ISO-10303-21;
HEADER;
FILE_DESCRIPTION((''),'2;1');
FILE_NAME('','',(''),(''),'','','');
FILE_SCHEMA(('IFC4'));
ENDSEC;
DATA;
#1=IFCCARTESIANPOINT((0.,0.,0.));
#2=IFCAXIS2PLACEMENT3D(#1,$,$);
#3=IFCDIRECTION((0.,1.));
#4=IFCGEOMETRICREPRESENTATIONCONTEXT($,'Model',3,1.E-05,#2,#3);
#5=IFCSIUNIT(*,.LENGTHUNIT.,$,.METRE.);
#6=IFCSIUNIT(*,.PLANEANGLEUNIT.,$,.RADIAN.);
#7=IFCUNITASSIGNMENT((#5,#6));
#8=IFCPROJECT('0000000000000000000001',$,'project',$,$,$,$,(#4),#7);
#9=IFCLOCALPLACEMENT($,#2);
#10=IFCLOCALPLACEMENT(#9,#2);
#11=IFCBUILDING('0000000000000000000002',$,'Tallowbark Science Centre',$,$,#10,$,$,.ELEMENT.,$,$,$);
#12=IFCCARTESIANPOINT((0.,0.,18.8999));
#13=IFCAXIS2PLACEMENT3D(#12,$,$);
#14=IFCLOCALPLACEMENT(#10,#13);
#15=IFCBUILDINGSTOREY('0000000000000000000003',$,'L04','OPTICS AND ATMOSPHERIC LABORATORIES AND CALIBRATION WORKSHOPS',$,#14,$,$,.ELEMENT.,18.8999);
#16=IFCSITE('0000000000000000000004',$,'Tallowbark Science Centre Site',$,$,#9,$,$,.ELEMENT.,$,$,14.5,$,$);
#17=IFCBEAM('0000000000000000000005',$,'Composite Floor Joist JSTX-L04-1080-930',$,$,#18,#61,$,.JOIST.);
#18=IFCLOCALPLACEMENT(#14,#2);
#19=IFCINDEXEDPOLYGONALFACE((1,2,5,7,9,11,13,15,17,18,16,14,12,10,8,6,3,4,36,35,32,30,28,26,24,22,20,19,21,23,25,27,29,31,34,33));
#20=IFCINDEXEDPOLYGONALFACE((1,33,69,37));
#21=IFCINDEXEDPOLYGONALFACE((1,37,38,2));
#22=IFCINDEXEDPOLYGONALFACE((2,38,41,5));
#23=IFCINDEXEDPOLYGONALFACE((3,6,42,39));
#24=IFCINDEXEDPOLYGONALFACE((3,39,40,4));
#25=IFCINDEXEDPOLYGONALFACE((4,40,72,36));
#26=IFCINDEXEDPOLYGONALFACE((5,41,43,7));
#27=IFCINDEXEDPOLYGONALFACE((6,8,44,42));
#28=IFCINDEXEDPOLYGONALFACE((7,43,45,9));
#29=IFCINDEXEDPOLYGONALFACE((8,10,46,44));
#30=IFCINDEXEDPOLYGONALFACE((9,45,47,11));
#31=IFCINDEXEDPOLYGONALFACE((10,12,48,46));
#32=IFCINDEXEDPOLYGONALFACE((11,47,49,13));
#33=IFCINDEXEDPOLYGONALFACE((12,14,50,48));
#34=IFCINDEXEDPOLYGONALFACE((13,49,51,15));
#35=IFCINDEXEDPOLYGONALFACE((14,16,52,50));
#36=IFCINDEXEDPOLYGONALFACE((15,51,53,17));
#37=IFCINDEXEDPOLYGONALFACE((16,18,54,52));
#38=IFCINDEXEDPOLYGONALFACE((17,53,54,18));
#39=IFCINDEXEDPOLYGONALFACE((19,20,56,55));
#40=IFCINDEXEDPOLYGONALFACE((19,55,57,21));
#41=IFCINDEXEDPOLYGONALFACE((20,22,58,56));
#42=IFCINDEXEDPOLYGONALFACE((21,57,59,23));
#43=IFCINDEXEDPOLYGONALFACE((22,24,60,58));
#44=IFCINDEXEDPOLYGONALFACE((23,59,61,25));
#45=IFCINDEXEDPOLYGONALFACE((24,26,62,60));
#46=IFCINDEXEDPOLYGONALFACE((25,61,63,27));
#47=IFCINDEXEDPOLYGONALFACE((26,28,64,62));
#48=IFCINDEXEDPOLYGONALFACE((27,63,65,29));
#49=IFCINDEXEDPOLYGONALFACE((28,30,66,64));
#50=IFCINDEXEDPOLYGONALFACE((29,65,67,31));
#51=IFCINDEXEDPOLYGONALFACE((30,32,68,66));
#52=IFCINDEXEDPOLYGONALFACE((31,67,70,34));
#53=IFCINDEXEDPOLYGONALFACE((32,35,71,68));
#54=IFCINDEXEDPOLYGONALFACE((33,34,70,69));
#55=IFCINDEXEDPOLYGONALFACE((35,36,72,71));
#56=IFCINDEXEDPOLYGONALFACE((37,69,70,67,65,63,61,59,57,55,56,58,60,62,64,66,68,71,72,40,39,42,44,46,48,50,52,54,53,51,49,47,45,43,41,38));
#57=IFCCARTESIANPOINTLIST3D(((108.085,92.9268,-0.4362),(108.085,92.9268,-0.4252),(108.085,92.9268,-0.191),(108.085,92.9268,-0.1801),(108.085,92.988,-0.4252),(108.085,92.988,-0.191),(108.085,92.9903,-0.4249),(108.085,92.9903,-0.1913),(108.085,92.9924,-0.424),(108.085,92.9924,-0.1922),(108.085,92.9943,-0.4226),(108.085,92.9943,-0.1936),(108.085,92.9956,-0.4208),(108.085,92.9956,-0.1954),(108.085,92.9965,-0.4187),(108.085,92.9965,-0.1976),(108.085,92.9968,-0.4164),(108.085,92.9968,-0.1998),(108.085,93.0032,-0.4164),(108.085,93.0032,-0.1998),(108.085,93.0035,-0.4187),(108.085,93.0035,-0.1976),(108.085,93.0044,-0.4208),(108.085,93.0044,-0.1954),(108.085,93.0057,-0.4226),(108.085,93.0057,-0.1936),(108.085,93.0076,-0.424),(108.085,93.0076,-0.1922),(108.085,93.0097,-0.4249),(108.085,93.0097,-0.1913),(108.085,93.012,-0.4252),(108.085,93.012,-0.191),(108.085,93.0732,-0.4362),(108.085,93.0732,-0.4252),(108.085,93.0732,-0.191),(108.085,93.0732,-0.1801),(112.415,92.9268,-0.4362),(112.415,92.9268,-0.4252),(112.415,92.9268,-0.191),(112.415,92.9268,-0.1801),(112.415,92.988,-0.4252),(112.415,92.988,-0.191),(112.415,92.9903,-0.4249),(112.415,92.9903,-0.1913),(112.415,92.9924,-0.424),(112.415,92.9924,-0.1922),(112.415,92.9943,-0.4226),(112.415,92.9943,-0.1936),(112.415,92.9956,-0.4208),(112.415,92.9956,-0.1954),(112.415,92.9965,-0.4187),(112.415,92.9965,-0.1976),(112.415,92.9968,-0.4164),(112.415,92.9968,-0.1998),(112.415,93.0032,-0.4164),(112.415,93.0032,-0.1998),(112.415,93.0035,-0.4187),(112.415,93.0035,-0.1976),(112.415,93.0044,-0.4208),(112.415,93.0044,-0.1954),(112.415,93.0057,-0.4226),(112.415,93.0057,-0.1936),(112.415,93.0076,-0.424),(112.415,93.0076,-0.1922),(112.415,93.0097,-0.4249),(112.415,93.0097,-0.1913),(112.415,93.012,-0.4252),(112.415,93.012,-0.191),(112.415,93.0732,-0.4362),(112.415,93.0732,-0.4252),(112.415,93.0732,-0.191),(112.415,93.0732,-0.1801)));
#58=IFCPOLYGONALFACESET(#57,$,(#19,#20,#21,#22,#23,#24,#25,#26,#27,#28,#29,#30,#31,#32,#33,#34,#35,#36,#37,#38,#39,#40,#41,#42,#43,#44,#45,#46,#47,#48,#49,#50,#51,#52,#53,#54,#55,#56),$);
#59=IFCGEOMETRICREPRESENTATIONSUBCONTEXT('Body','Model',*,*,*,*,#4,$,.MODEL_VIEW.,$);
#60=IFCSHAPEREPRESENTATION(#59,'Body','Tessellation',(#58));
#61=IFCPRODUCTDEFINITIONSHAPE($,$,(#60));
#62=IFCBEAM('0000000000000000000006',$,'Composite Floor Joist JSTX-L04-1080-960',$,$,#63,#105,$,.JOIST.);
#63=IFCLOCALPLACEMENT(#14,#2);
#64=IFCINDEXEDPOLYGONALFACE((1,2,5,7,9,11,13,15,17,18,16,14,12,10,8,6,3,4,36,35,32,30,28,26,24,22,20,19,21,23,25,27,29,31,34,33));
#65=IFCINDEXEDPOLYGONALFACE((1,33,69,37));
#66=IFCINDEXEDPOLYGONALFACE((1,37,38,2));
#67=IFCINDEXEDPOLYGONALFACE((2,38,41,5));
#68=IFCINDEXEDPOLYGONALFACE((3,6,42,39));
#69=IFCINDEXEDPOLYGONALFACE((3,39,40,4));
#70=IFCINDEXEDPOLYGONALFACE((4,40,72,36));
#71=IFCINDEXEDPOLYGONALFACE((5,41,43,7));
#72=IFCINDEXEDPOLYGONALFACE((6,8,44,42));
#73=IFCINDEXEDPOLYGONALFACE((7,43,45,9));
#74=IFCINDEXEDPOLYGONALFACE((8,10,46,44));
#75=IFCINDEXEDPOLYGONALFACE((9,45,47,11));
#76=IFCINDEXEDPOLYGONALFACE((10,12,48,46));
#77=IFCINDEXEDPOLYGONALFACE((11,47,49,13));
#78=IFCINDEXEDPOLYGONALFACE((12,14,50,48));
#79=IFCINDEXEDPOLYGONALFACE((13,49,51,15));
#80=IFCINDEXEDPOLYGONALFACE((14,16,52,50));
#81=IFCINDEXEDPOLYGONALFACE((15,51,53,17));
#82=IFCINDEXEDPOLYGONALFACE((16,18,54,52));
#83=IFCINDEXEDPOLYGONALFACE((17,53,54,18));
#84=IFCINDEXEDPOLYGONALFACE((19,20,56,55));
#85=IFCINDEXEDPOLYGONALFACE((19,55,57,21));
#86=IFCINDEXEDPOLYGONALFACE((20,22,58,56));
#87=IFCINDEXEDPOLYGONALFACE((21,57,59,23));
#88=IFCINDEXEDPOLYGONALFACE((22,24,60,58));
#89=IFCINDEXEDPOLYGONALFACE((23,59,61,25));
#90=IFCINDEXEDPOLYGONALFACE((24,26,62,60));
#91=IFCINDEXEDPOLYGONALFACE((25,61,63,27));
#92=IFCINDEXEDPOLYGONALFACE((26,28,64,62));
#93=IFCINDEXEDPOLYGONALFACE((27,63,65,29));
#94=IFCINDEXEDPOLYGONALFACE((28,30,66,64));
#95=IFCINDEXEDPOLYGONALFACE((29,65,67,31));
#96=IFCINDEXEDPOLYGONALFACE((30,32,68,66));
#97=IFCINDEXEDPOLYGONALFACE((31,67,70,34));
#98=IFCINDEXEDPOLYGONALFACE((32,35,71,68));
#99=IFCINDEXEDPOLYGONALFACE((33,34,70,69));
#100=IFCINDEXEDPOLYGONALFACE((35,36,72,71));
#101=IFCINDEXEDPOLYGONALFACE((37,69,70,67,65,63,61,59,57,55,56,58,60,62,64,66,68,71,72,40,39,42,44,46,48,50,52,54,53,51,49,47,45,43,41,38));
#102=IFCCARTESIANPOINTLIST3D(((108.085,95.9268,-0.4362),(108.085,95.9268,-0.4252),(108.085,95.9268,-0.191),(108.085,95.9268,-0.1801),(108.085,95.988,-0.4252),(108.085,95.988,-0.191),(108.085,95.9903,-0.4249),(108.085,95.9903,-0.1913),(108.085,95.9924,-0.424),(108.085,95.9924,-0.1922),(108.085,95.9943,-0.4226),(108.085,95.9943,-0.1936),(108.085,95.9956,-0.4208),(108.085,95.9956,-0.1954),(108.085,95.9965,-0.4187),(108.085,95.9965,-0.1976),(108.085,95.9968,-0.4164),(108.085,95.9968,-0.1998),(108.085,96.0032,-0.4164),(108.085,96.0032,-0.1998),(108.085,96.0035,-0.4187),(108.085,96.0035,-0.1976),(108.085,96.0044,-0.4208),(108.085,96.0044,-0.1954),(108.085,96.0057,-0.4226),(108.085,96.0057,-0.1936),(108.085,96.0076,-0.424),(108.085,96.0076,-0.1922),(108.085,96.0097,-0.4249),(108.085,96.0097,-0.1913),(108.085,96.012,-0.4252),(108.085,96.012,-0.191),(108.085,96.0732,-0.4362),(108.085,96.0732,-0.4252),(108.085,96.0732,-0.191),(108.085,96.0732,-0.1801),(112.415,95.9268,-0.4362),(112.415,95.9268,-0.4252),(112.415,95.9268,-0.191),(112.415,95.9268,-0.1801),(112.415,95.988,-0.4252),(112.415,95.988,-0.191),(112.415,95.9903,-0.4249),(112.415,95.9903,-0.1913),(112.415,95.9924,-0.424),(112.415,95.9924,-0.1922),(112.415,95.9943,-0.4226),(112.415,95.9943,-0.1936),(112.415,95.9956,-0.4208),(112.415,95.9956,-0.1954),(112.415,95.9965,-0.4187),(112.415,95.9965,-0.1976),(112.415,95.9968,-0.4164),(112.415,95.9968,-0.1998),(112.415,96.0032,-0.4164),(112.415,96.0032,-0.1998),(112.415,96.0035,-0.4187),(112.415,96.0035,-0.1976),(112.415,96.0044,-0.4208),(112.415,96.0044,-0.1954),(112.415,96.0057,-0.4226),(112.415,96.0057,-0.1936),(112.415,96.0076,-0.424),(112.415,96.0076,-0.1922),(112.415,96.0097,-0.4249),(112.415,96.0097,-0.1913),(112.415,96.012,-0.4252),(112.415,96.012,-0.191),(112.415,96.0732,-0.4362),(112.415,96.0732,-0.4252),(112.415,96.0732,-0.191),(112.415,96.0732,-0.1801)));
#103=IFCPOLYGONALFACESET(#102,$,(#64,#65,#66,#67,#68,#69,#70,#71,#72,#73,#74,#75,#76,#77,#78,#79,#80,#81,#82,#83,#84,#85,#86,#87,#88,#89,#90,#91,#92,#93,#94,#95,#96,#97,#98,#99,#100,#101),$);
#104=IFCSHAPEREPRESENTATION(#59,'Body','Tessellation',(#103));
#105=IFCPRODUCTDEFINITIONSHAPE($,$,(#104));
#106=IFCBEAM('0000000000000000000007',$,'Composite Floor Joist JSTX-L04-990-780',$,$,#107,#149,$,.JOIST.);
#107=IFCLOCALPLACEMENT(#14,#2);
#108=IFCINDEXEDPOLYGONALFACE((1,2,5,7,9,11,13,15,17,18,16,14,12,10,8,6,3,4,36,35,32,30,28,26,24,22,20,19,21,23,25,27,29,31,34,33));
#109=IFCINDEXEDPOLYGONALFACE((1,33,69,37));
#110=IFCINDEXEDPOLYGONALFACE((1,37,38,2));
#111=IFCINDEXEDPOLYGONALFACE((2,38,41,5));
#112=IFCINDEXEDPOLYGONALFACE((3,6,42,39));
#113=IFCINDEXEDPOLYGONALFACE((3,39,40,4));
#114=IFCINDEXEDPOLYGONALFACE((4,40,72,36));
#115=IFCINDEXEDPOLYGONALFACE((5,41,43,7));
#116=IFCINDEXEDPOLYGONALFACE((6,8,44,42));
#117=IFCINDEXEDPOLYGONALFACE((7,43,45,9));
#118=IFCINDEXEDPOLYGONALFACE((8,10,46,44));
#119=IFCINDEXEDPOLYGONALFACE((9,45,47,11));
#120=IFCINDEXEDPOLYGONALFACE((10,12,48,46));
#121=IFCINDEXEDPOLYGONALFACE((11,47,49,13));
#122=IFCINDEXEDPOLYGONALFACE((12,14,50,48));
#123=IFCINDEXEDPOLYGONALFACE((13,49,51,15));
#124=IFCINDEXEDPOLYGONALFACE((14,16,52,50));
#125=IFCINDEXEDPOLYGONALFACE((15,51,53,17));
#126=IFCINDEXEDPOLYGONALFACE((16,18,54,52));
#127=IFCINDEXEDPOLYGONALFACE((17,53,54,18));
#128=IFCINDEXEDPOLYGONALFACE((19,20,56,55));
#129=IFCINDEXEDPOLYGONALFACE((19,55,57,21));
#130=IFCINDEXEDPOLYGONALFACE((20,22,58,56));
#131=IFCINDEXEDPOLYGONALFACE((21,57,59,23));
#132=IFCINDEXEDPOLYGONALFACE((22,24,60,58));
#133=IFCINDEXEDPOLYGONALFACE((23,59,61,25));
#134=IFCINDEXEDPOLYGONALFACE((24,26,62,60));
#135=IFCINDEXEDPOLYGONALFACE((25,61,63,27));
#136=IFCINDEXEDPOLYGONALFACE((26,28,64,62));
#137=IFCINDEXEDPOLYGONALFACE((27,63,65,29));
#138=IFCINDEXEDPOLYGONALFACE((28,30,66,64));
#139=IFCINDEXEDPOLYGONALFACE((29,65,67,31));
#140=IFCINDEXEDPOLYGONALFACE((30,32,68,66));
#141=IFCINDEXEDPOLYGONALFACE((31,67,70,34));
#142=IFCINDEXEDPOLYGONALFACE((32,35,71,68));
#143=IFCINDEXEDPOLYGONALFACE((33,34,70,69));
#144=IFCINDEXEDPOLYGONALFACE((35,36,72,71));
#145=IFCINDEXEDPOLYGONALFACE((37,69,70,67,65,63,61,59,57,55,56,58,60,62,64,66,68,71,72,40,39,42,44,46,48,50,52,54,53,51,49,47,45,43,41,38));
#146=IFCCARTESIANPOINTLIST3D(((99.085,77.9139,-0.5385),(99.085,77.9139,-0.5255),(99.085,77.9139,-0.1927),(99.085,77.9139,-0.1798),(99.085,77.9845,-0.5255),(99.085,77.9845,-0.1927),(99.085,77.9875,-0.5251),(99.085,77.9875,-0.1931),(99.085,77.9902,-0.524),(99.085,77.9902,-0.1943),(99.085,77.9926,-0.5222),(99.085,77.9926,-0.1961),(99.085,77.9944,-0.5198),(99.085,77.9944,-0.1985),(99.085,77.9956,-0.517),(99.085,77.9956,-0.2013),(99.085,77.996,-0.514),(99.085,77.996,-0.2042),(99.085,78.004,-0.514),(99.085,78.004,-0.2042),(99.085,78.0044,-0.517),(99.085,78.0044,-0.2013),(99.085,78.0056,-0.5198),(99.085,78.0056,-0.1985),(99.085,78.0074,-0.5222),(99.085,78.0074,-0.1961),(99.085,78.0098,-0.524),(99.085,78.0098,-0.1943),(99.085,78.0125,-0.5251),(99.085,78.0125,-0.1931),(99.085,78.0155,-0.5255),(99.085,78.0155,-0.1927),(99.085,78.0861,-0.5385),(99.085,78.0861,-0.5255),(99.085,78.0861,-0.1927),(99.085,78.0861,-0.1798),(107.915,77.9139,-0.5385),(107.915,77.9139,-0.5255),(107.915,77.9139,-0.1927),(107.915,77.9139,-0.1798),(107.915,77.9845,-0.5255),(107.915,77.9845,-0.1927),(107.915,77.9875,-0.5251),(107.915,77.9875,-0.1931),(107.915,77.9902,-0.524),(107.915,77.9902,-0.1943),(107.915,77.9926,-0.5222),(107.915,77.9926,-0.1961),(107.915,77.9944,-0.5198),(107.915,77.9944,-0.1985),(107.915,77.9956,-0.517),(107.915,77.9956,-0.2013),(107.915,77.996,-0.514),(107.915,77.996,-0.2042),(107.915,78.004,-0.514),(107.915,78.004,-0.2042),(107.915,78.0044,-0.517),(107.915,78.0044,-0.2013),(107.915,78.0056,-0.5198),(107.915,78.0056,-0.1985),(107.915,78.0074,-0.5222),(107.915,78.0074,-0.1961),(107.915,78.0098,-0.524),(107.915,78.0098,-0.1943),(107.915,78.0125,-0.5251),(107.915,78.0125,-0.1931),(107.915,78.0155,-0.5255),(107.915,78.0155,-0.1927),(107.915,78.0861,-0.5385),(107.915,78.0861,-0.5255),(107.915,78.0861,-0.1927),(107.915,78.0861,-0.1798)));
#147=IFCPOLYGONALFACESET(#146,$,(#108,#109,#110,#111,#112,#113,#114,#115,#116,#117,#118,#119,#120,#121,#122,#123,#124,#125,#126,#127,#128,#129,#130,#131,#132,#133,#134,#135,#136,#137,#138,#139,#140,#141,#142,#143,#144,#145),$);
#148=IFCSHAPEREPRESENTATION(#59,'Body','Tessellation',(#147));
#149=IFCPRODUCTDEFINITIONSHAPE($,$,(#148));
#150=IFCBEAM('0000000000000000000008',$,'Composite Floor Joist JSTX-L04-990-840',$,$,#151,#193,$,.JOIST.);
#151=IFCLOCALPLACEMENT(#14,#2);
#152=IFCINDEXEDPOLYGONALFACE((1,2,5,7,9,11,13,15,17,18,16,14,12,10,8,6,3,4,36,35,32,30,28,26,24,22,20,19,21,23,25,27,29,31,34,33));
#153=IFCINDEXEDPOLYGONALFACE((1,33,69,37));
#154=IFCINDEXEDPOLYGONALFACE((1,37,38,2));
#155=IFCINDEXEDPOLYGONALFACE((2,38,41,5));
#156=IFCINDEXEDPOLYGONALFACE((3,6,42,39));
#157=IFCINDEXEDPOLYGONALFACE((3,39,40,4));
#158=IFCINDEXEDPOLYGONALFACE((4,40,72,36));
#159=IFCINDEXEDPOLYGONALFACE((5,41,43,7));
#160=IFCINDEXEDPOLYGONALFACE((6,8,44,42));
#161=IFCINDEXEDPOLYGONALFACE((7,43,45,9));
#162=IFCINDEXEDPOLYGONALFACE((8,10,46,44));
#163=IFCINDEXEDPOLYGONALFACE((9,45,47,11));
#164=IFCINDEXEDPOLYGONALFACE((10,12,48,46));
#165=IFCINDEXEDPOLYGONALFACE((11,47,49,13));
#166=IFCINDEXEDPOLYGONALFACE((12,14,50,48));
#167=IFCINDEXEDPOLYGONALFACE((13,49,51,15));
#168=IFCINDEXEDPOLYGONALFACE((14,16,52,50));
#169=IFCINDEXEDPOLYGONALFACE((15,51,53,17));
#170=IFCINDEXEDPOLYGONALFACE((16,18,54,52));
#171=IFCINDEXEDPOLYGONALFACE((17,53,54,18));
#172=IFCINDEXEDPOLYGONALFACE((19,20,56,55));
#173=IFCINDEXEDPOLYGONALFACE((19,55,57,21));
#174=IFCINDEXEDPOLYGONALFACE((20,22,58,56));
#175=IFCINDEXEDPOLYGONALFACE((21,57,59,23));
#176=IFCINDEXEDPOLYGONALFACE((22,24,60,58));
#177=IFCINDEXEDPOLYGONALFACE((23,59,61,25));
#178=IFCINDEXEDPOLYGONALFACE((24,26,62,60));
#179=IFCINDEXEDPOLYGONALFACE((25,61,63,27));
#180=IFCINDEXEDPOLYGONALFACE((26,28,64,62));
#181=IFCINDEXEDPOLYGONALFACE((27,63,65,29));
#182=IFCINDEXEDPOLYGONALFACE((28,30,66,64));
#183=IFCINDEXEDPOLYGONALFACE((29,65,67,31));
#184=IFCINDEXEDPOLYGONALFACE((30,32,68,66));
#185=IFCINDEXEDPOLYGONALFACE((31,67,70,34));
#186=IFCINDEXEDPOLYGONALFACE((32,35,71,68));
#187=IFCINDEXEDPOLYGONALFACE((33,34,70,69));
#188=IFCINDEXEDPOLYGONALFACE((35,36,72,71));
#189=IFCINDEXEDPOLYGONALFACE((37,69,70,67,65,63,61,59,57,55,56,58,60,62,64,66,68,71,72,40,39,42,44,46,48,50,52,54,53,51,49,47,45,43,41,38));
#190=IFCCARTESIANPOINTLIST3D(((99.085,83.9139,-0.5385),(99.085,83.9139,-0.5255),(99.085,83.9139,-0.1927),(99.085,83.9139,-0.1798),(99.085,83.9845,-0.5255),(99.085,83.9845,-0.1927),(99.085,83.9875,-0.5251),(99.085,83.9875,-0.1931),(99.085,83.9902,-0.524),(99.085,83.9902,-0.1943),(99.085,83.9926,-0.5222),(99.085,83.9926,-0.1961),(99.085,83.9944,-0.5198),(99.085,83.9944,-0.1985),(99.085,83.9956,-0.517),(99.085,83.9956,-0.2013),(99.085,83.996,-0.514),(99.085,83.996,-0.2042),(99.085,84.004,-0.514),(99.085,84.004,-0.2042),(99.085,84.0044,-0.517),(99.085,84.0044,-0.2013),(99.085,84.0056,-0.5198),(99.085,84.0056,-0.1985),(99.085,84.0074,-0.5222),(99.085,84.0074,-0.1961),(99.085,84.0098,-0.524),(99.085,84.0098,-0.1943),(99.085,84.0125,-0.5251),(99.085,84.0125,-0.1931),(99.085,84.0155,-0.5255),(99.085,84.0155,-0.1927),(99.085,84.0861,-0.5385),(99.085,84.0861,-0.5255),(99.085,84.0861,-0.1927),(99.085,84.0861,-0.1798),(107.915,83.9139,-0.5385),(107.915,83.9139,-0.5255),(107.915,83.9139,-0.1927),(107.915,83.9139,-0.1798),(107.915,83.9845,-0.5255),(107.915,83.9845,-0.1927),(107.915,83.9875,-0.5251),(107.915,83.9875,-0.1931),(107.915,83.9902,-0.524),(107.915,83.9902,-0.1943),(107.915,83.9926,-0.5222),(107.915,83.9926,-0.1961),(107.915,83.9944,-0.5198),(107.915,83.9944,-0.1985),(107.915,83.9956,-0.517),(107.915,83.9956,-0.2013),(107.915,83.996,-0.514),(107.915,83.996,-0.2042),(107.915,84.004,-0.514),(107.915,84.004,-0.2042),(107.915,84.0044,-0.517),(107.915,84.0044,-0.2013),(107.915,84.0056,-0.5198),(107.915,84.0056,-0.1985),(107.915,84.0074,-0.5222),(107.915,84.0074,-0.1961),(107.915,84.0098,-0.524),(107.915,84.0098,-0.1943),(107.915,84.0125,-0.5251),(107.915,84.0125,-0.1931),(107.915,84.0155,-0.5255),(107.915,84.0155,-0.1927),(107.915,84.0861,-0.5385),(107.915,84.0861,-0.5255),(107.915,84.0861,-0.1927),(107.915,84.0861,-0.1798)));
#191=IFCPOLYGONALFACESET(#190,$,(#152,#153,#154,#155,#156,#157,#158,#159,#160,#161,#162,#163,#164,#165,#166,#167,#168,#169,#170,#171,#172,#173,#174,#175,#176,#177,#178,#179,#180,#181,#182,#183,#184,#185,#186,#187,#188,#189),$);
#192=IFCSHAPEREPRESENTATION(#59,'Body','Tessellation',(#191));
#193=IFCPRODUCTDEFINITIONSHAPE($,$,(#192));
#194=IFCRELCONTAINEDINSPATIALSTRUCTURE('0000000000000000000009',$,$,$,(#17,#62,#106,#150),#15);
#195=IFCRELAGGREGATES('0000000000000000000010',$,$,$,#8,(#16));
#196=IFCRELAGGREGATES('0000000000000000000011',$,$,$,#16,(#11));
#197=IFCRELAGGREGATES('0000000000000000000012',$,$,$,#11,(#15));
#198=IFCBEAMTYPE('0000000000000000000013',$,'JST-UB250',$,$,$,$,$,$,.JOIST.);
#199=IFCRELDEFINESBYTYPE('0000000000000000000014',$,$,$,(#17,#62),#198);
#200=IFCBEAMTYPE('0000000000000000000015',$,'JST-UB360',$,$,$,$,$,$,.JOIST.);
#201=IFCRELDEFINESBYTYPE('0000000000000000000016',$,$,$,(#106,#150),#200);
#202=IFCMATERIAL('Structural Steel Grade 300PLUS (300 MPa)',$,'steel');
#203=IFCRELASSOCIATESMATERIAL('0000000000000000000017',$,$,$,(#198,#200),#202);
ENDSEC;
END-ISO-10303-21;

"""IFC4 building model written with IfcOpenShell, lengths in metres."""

from ifc_helpers import new_model, si_unit, direction, frame, origin, origin_2d, place, context, subcontext, project, spatial, i_section, extrude, material, material_profile, profile_set, type_object, element, save


model = new_model("IFC4")

# Units and contexts
model_context = context("Model", 3, precision=1e-05, world=origin(), true_north=direction((0.0, 1.0)))
body_context = subcontext(model_context, "Body", "Model", "MODEL_VIEW")
ifc_project = project(units=[si_unit("LENGTHUNIT", "METRE"), si_unit("PLANEANGLEUNIT", "RADIAN")], contexts=[model_context])

# Site, building, storey
site_placement = place(None, origin())
site = spatial("IfcSite", under=ifc_project, at=site_placement, Name="Tallowbark Science Centre Site", CompositionType="ELEMENT", RefElevation=14.5)
building_placement = place(site_placement, origin())
building = spatial("IfcBuilding", under=site, at=building_placement, Name="Tallowbark Science Centre", CompositionType="ELEMENT")
storey_placement = place(building_placement, frame((0.0, 0.0, 18.8999)))
storey = spatial("IfcBuildingStorey", under=building, at=storey_placement, Name="L04", Description="OPTICS AND ATMOSPHERIC LABORATORIES AND CALIBRATION WORKSHOPS", CompositionType="ELEMENT", Elevation=18.8999)

# Beams
ifc_material_1 = material(Name="Structural Steel Grade 300PLUS (300 MPa)", Category="steel")
ifc_material_profile_1 = material_profile(ifc_material_1, i_section(OverallWidth=0.1465, OverallDepth=0.2561, WebThickness=0.0063, FlangeThickness=0.011, FilletRadius=0.0088, at=origin_2d()), Name="250UB37.3")
ifc_profile_set_1 = profile_set([ifc_material_profile_1], Name="Structural Steel Grade 300PLUS (300 MPa)")
beam_type_1 = type_object("IfcBeamType", Name="JST-UB250", PredefinedType="JOIST", material=ifc_profile_set_1)
for number, where, z_axis, x_axis, name in (
    (1, (108.085, 93.0, -0.3081), (1.0, 0.0, 0.0), (0.0, 1.0, 0.0), "Composite Floor Joist JSTX-L04-1080-930"),
    (2, (108.085, 96.0, -0.3081), (1.0, 0.0, 0.0), (0.0, 1.0, 0.0), "Composite Floor Joist JSTX-L04-1080-960"),
):
    element("IfcBeam", number, at=place(storey_placement, frame(where, z_axis=z_axis, x_axis=x_axis)), inside=storey, type_object=beam_type_1, Name=name, PredefinedType="JOIST", context=body_context, shape_type="SweptSolid", body=[
        extrude(i_section(OverallWidth=0.1465, OverallDepth=0.2561, WebThickness=0.0063, FlangeThickness=0.011, FilletRadius=0.0088, at=origin_2d()), origin(), (0.0, 0.0, 1.0), 4.3301),
    ])
ifc_material_profile_2 = material_profile(ifc_material_1, i_section(OverallWidth=0.1721, OverallDepth=0.3586, WebThickness=0.0081, FlangeThickness=0.0129, FilletRadius=0.0115, at=origin_2d()), Name="360UB56.7")
ifc_profile_set_2 = profile_set([ifc_material_profile_2], Name="Structural Steel Grade 300PLUS (300 MPa)")
beam_type_2 = type_object("IfcBeamType", Name="JST-UB360", PredefinedType="JOIST", material=ifc_profile_set_2)
for number, where, z_axis, x_axis, name in (
    (3, (99.085, 78.0, -0.3591), (1.0, 0.0, 0.0), (0.0, 1.0, 0.0), "Composite Floor Joist JSTX-L04-990-780"),
    (4, (99.085, 84.0, -0.3591), (1.0, 0.0, 0.0), (0.0, 1.0, 0.0), "Composite Floor Joist JSTX-L04-990-840"),
):
    element("IfcBeam", number, at=place(storey_placement, frame(where, z_axis=z_axis, x_axis=x_axis)), inside=storey, type_object=beam_type_2, Name=name, PredefinedType="JOIST", context=body_context, shape_type="SweptSolid", body=[
        extrude(i_section(OverallWidth=0.1721, OverallDepth=0.3586, WebThickness=0.0081, FlangeThickness=0.0129, FilletRadius=0.0115, at=origin_2d()), origin(), (0.0, 0.0, 1.0), 8.8301),
    ])

save(model, "model.ifc")
